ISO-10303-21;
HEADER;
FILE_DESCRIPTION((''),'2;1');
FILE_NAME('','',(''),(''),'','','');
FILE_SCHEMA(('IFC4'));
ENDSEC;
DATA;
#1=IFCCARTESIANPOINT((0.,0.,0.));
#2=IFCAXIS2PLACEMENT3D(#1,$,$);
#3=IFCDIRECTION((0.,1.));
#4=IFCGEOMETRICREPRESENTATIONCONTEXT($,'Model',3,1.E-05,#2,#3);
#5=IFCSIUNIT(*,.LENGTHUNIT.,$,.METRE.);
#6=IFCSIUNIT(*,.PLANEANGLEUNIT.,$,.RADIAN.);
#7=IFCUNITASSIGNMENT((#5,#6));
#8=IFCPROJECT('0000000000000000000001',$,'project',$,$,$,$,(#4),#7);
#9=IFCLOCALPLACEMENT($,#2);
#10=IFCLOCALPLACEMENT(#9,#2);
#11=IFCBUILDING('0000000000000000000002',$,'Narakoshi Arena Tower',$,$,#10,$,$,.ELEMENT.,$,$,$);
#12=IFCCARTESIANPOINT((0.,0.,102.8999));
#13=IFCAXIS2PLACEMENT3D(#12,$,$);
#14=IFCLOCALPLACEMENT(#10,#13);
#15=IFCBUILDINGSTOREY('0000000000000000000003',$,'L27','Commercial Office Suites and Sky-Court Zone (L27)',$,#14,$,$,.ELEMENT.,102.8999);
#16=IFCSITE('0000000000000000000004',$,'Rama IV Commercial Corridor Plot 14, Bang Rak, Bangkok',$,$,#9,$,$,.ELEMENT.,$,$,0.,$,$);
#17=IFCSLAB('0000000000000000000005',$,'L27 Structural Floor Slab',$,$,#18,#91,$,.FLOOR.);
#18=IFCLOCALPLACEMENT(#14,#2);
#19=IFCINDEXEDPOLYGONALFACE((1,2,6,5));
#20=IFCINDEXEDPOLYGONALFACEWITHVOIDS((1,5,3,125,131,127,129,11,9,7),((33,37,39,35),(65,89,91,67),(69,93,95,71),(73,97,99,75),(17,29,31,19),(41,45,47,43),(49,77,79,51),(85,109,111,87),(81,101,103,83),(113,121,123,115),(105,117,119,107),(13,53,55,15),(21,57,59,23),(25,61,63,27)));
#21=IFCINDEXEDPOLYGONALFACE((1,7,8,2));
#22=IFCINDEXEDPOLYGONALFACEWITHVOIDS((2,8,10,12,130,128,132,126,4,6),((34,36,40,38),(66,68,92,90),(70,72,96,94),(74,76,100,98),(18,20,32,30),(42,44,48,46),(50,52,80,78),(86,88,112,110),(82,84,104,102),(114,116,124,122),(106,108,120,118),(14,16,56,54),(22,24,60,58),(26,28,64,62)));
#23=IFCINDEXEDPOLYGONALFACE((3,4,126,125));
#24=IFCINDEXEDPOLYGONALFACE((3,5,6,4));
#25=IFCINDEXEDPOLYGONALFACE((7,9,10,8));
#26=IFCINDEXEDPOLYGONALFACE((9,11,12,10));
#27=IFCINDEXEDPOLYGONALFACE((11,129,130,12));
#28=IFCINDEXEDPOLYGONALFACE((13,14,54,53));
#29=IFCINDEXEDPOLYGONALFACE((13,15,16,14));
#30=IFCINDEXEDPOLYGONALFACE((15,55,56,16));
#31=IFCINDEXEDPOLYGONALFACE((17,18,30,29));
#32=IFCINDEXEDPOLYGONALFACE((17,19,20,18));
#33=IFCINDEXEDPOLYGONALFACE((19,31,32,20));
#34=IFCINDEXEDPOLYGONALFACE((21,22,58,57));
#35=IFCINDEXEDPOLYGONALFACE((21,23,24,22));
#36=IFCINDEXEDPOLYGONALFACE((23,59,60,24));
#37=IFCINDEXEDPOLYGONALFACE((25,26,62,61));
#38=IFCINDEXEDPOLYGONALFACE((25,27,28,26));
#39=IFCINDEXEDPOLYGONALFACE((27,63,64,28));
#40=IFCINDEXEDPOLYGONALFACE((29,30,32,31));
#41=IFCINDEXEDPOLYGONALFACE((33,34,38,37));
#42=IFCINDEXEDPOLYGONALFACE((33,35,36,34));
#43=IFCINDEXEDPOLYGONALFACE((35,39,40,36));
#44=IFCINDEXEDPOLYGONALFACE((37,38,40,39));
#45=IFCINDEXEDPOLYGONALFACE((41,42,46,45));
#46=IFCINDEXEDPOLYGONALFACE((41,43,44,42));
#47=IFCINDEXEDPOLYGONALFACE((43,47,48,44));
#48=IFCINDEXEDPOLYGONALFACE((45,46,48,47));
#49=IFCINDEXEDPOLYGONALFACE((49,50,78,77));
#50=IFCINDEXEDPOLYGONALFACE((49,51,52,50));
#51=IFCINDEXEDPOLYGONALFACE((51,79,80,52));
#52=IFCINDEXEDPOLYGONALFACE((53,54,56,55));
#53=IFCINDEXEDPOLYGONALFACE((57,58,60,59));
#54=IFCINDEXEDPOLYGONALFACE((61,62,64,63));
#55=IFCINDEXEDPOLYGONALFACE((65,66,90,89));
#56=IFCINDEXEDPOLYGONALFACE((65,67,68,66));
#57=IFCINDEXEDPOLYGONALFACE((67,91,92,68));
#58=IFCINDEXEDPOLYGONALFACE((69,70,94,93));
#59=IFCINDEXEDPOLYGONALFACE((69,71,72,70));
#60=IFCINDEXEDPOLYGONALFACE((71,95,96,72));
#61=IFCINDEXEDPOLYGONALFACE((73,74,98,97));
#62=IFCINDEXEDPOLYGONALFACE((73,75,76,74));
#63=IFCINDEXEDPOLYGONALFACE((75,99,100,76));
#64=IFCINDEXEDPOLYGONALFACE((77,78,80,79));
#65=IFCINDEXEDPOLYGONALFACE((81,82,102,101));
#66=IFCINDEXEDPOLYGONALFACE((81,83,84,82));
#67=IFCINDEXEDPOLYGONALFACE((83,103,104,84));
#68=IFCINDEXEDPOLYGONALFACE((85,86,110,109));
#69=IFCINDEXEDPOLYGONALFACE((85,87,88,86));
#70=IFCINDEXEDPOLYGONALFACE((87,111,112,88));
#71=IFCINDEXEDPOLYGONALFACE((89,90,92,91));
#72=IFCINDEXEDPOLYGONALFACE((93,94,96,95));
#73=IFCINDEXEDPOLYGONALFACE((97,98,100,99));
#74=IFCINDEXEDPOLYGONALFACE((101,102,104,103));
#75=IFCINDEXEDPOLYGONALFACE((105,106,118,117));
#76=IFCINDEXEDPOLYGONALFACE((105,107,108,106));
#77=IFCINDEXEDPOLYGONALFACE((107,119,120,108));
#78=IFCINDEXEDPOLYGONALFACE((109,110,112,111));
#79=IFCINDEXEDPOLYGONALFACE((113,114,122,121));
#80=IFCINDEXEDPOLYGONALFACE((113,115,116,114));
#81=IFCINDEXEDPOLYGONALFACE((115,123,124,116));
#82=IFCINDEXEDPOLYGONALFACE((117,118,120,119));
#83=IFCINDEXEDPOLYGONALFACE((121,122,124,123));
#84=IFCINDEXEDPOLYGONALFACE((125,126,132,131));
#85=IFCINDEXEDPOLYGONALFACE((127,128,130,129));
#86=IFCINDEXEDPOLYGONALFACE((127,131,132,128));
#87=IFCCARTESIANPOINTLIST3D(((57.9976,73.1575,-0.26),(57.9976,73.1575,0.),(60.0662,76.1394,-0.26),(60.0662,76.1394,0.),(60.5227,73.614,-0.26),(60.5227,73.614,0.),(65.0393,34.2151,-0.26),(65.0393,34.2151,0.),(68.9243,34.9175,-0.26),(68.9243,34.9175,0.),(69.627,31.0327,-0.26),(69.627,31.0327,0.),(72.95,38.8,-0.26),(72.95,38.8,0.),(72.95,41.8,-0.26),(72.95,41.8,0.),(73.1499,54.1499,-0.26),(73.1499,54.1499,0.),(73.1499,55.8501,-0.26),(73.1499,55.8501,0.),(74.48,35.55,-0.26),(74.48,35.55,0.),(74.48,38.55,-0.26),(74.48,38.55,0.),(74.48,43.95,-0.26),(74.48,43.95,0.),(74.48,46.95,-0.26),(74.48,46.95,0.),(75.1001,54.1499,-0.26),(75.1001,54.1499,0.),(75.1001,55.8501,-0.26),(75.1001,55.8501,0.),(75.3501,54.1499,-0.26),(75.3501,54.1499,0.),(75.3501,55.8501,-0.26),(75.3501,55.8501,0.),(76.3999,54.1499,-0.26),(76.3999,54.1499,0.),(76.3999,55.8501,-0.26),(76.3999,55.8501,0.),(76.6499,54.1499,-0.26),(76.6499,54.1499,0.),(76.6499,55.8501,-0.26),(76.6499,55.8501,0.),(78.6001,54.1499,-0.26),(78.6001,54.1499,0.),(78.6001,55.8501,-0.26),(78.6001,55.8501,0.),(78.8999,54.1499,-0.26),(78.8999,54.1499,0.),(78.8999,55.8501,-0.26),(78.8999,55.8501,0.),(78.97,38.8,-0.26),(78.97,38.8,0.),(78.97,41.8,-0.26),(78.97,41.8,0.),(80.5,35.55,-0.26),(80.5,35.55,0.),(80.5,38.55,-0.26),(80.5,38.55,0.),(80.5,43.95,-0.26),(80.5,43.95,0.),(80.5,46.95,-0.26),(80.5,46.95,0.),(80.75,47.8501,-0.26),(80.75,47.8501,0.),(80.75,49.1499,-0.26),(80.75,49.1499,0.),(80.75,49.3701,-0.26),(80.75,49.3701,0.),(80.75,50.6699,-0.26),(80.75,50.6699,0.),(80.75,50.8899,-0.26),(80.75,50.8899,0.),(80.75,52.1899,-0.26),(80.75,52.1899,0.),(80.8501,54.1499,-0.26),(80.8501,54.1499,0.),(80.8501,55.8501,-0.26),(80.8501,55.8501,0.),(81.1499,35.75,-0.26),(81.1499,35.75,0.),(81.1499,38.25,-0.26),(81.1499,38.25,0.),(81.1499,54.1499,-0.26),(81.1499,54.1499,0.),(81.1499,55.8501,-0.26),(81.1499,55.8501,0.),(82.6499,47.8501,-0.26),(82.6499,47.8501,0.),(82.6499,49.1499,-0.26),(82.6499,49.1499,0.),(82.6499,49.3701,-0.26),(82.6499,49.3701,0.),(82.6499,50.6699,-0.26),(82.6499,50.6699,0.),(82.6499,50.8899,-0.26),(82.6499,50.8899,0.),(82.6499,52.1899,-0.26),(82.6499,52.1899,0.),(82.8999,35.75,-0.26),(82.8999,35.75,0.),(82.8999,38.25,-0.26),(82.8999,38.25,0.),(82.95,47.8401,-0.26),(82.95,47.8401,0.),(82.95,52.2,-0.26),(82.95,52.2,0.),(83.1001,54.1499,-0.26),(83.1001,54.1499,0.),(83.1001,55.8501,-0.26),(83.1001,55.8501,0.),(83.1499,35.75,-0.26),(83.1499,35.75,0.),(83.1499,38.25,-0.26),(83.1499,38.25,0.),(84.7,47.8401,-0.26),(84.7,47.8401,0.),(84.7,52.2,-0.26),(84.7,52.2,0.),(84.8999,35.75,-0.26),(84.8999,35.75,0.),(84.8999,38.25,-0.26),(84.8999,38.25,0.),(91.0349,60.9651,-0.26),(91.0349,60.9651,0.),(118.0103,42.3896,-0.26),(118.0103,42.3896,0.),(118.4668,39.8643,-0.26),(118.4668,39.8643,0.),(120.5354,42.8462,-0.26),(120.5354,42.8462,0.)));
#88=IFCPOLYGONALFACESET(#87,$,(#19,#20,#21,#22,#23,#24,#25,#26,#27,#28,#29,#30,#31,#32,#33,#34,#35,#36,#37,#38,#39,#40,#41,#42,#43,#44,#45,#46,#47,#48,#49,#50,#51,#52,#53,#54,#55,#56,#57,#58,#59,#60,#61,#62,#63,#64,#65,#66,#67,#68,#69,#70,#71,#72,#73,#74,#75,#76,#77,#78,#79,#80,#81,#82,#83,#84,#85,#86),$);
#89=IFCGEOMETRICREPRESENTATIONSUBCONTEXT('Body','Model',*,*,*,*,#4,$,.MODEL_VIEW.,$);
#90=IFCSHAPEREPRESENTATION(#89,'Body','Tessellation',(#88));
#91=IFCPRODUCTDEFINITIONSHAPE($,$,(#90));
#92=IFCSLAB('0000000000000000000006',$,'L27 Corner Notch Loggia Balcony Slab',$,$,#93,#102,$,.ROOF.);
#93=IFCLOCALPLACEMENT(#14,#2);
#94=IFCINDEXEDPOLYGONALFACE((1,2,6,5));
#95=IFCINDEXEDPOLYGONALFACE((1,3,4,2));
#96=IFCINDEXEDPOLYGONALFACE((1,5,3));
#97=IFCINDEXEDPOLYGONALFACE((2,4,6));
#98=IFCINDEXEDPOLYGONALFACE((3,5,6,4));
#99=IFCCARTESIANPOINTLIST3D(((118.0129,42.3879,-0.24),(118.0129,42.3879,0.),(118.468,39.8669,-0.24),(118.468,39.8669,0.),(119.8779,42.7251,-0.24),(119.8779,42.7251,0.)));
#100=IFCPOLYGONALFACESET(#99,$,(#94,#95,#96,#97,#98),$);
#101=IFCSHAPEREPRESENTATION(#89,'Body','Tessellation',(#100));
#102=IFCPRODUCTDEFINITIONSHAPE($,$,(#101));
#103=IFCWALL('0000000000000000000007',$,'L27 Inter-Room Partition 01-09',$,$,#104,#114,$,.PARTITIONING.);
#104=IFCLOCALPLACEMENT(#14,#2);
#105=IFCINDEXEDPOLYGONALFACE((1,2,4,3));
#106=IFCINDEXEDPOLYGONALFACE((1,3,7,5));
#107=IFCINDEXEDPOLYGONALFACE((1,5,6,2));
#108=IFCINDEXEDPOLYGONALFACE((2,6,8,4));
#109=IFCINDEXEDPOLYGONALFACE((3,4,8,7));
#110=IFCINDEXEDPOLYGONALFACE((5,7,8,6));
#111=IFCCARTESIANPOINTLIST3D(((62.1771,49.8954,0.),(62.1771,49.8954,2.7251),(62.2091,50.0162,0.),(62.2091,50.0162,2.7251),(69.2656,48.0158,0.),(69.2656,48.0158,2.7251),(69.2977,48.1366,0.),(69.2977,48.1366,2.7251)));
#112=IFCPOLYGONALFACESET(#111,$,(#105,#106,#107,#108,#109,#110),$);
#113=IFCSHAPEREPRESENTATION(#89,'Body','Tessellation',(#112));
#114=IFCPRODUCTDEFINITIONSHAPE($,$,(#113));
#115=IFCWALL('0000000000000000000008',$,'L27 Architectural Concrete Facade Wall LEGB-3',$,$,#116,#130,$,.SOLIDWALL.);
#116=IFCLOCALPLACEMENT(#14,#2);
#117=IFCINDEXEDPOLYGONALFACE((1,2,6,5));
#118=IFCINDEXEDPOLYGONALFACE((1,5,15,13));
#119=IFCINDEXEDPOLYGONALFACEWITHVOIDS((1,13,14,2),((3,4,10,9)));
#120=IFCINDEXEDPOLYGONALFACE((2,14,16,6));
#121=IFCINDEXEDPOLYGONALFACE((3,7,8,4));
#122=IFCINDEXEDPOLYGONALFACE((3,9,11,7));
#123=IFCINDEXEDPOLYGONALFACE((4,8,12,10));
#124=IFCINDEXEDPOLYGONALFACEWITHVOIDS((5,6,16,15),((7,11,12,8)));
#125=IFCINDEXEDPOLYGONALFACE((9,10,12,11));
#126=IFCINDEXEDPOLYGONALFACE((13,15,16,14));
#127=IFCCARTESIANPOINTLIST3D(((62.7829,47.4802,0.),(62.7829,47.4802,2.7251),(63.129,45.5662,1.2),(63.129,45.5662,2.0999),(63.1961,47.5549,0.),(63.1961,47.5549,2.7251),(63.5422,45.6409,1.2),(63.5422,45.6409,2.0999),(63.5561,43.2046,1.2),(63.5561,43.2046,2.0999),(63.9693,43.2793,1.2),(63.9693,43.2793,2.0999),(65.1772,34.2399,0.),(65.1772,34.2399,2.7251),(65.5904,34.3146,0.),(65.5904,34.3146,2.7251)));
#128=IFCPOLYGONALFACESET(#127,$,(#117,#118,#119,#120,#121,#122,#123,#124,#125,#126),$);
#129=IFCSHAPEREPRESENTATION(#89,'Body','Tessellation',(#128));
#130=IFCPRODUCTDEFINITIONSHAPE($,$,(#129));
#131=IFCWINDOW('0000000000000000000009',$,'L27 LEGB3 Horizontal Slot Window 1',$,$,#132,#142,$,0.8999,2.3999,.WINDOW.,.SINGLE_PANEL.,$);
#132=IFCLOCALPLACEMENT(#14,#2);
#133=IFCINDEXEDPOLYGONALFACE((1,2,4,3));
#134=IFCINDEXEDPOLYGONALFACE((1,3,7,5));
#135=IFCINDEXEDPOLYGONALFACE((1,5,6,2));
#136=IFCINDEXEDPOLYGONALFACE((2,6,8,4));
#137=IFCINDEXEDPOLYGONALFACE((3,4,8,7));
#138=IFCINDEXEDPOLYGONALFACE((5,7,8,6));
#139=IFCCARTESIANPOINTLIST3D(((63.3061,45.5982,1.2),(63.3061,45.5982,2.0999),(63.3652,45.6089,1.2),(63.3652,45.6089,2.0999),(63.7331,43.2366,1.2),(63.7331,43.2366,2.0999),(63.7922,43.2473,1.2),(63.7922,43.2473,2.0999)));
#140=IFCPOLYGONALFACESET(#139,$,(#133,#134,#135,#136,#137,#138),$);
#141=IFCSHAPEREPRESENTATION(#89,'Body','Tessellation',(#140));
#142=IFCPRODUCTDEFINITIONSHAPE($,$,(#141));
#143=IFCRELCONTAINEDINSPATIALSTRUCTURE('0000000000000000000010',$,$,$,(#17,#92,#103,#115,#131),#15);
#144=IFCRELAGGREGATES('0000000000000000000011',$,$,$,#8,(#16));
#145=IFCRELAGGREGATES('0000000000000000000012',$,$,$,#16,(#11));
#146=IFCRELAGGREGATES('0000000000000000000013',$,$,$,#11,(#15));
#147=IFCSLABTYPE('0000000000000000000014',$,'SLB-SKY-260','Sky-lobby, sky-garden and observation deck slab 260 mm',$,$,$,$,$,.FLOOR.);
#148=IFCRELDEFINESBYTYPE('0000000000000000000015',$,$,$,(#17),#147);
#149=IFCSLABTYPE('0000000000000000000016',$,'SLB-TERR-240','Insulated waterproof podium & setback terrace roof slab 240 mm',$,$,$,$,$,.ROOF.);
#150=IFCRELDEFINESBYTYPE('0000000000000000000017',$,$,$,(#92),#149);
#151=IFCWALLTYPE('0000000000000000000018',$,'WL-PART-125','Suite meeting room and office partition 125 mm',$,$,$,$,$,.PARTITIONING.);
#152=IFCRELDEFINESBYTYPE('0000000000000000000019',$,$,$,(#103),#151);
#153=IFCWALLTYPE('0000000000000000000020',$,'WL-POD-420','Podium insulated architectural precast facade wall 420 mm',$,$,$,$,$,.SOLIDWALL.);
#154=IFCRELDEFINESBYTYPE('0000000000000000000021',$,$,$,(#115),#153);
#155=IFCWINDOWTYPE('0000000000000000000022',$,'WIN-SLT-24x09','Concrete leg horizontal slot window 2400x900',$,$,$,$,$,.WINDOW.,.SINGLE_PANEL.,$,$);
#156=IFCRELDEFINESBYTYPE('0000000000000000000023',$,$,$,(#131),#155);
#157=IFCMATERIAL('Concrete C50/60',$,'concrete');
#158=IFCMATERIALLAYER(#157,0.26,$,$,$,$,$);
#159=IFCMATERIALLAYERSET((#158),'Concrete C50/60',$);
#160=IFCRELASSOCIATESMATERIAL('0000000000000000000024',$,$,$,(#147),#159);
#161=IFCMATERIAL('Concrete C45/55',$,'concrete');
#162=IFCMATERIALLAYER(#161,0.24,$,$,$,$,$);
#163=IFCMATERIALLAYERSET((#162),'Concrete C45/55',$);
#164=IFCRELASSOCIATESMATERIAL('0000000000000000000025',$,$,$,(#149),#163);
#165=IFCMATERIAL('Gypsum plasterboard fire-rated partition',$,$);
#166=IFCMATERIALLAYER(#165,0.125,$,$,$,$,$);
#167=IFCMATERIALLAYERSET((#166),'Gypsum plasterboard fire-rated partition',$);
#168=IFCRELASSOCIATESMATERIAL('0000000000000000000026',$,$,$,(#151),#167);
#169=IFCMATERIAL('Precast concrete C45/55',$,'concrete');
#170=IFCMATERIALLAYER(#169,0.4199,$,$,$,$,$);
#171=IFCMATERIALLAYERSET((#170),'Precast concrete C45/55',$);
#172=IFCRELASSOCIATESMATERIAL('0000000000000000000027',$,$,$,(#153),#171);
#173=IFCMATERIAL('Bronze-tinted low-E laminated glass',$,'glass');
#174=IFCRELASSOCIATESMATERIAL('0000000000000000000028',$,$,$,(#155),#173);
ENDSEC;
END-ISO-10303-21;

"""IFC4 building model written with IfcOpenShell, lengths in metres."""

from ifc_helpers import new_model, si_unit, direction, frame, frame_2d, origin, place, context, subcontext, project, spatial, polyline, rectangle, outline, extrude, material, layer, layer_set, type_object, element, fill, save


model = new_model("IFC4")

# Units and contexts
model_context = context("Model", 3, precision=1e-05, world=origin(), true_north=direction((0.0, 1.0)))
body_context = subcontext(model_context, "Body", "Model", "MODEL_VIEW")
ifc_project = project(units=[si_unit("LENGTHUNIT", "METRE"), si_unit("PLANEANGLEUNIT", "RADIAN")], contexts=[model_context])

# Site, building, storey
site_placement = place(None, origin())
site = spatial("IfcSite", under=ifc_project, at=site_placement, Name="Rama IV Commercial Corridor Plot 14, Bang Rak, Bangkok", CompositionType="ELEMENT", RefElevation=0.0)
building_placement = place(site_placement, origin())
building = spatial("IfcBuilding", under=site, at=building_placement, Name="Narakoshi Arena Tower", CompositionType="ELEMENT")
storey_placement = place(building_placement, frame((0.0, 0.0, 102.8999)))
storey = spatial("IfcBuildingStorey", under=building, at=storey_placement, Name="L27", Description="Commercial Office Suites and Sky-Court Zone (L27)", CompositionType="ELEMENT", Elevation=102.8999)

# Shared definitions
ifc_material_1 = material(Name="Concrete C45/55", Category="concrete")

# Slabs
ifc_material_2 = material(Name="Concrete C50/60", Category="concrete")
ifc_layer_1 = layer(ifc_material_2, 0.26)
ifc_layer_set_1 = layer_set([ifc_layer_1], Name="Concrete C50/60")
slab_type_1 = type_object("IfcSlabType", Name="SLB-SKY-260", Description="Sky-lobby, sky-garden and observation deck slab 260 mm", PredefinedType="FLOOR", material=ifc_layer_set_1)
slab_1_placement = place(storey_placement, frame((0.0, 0.0, -0.26)))
element("IfcSlab", 1, at=slab_1_placement, inside=storey, type_object=slab_type_1, Name="L27 Structural Floor Slab", PredefinedType="FLOOR", context=body_context, shape_type="SweptSolid", body=[
    extrude(outline(polyline([(69.627, 31.0327), (118.4668, 39.8643), (118.0103, 42.3896), (120.5354, 42.8462), (91.0349, 60.9651), (60.0662, 76.1394), (60.5227, 73.614), (57.9976, 73.1575), (65.0393, 34.2151), (68.9243, 34.9175), (69.627, 31.0327)]), holes=[polyline([(80.5, 35.55), (74.48, 35.55), (74.48, 38.55), (80.5, 38.55), (80.5, 35.55)]), polyline([(82.8999, 35.75), (81.1499, 35.75), (81.1499, 38.25), (82.8999, 38.25), (82.8999, 35.75)]), polyline([(83.1499, 35.75), (83.1499, 38.25), (84.8999, 38.25), (84.8999, 35.75), (83.1499, 35.75)]), polyline([(72.95, 38.8), (72.95, 41.8), (78.97, 41.8), (78.97, 38.8), (72.95, 38.8)]), polyline([(74.48, 43.95), (74.48, 46.95), (80.5, 46.95), (80.5, 43.95), (74.48, 43.95)]), polyline([(82.95, 47.8401), (82.95, 52.2), (84.7, 52.2), (84.7, 47.8401), (82.95, 47.8401)]), polyline([(80.75, 47.8501), (80.75, 49.1499), (82.6499, 49.1499), (82.6499, 47.8501), (80.75, 47.8501)]), polyline([(80.75, 49.3701), (80.75, 50.6699), (82.6499, 50.6699), (82.6499, 49.3701), (80.75, 49.3701)]), polyline([(80.75, 50.8899), (80.75, 52.1899), (82.6499, 52.1899), (82.6499, 50.8899), (80.75, 50.8899)]), polyline([(73.1499, 54.1499), (73.1499, 55.8501), (75.1001, 55.8501), (75.1001, 54.1499), (73.1499, 54.1499)]), polyline([(75.3501, 54.1499), (75.3501, 55.8501), (76.3999, 55.8501), (76.3999, 54.1499), (75.3501, 54.1499)]), polyline([(76.6499, 54.1499), (76.6499, 55.8501), (78.6001, 55.8501), (78.6001, 54.1499), (76.6499, 54.1499)]), polyline([(78.8999, 54.1499), (78.8999, 55.8501), (80.8501, 55.8501), (80.8501, 54.1499), (78.8999, 54.1499)]), polyline([(81.1499, 54.1499), (81.1499, 55.8501), (83.1001, 55.8501), (83.1001, 54.1499), (81.1499, 54.1499)])]), origin(), (0.0, 0.0, 1.0), 0.26),
])
ifc_layer_2 = layer(ifc_material_1, 0.24)
ifc_layer_set_2 = layer_set([ifc_layer_2], Name="Concrete C45/55")
slab_type_2 = type_object("IfcSlabType", Name="SLB-TERR-240", Description="Insulated waterproof podium & setback terrace roof slab 240 mm", PredefinedType="ROOF", material=ifc_layer_set_2)
slab_2_placement = place(storey_placement, frame((0.0, 0.0, -0.24)))
element("IfcSlab", 2, at=slab_2_placement, inside=storey, type_object=slab_type_2, Name="L27 Corner Notch Loggia Balcony Slab", PredefinedType="ROOF", context=body_context, shape_type="SweptSolid", body=[
    extrude(outline(polyline([(119.8779, 42.7251), (118.0129, 42.3879), (118.468, 39.8669), (119.8779, 42.7251)])), origin(), (0.0, 0.0, 1.0), 0.24),
])

# Wall
ifc_material_3 = material(Name="Gypsum plasterboard fire-rated partition")
ifc_layer_3 = layer(ifc_material_3, 0.125)
ifc_layer_set_3 = layer_set([ifc_layer_3], Name="Gypsum plasterboard fire-rated partition")
wall_type_1 = type_object("IfcWallType", Name="WL-PART-125", Description="Suite meeting room and office partition 125 mm", PredefinedType="PARTITIONING", material=ifc_layer_set_3)
wall_1_placement = place(storey_placement, frame((62.1931, 49.9558, 0.0), z_axis=(0.0, 0.0, 1.0), x_axis=(0.966596, -0.256305, 0.0)))
element("IfcWall", 3, at=wall_1_placement, inside=storey, type_object=wall_type_1, Name="L27 Inter-Room Partition 01-09", PredefinedType="PARTITIONING", context=body_context, shape_type="SweptSolid", body=[
    extrude(rectangle(XDim=7.3335, YDim=0.125, at=frame_2d((3.6667, 0.0))), origin(), (0.0, 0.0, 1.0), 2.7251),
])

# Wall, opening, window
ifc_material_4 = material(Name="Precast concrete C45/55", Category="concrete")
ifc_layer_4 = layer(ifc_material_4, 0.4199)
ifc_layer_set_4 = layer_set([ifc_layer_4], Name="Precast concrete C45/55")
wall_type_2 = type_object("IfcWallType", Name="WL-POD-420", Description="Podium insulated architectural precast facade wall 420 mm", PredefinedType="SOLIDWALL", material=ifc_layer_set_4)
wall_2_placement = place(storey_placement, frame((62.9895, 47.5176, 0.0), z_axis=(0.0, 0.0, 1.0), x_axis=(0.177948, -0.98404, 0.0)))
wall_2 = element("IfcWall", 4, at=wall_2_placement, inside=storey, type_object=wall_type_2, Name="L27 Architectural Concrete Facade Wall LEGB-3", PredefinedType="SOLIDWALL", context=body_context, shape_type="SweptSolid", body=[
    extrude(rectangle(XDim=13.4551, YDim=0.4199, at=frame_2d((6.7275, 0.0))), origin(), (0.0, 0.0, 1.0), 2.7251),
])
opening_1_placement = place(wall_2_placement, frame((1.9451, 0.0, 1.2)))
opening_1 = element("IfcOpeningElement", 5, at=opening_1_placement, cuts=wall_2, PredefinedType="OPENING", context=body_context, shape_type="SweptSolid", body=[
    extrude(rectangle(XDim=2.3999, YDim=0.8999, at=frame_2d((1.2, 0.45))), frame((0.0, 0.22, 0.0), z_axis=(0.0, -1.0, 0.0), x_axis=(1.0, 0.0, 0.0)), (0.0, 0.0, 1.0), 0.4399),
])
ifc_material_5 = material(Name="Bronze-tinted low-E laminated glass", Category="glass")
window_type_1 = type_object("IfcWindowType", Name="WIN-SLT-24x09", Description="Concrete leg horizontal slot window 2400x900", PartitioningType="SINGLE_PANEL", PredefinedType="WINDOW", material=ifc_material_5)
window_1_placement = place(opening_1_placement, origin())
window_1 = element("IfcWindow", 6, at=window_1_placement, inside=storey, type_object=window_type_1, Name="L27 LEGB3 Horizontal Slot Window 1", OverallHeight=0.8999, OverallWidth=2.3999, PartitioningType="SINGLE_PANEL", PredefinedType="WINDOW", context=body_context, shape_type="SweptSolid", body=[
    extrude(rectangle(XDim=2.3999, YDim=0.8999, at=frame_2d((1.2, 0.45))), frame((0.0, 0.03, 0.0), z_axis=(0.0, -1.0, 0.0), x_axis=(1.0, 0.0, 0.0)), (0.0, 0.0, 1.0), 0.0601),
])
fill(opening_1, window_1)

save(model, "model.ifc")
